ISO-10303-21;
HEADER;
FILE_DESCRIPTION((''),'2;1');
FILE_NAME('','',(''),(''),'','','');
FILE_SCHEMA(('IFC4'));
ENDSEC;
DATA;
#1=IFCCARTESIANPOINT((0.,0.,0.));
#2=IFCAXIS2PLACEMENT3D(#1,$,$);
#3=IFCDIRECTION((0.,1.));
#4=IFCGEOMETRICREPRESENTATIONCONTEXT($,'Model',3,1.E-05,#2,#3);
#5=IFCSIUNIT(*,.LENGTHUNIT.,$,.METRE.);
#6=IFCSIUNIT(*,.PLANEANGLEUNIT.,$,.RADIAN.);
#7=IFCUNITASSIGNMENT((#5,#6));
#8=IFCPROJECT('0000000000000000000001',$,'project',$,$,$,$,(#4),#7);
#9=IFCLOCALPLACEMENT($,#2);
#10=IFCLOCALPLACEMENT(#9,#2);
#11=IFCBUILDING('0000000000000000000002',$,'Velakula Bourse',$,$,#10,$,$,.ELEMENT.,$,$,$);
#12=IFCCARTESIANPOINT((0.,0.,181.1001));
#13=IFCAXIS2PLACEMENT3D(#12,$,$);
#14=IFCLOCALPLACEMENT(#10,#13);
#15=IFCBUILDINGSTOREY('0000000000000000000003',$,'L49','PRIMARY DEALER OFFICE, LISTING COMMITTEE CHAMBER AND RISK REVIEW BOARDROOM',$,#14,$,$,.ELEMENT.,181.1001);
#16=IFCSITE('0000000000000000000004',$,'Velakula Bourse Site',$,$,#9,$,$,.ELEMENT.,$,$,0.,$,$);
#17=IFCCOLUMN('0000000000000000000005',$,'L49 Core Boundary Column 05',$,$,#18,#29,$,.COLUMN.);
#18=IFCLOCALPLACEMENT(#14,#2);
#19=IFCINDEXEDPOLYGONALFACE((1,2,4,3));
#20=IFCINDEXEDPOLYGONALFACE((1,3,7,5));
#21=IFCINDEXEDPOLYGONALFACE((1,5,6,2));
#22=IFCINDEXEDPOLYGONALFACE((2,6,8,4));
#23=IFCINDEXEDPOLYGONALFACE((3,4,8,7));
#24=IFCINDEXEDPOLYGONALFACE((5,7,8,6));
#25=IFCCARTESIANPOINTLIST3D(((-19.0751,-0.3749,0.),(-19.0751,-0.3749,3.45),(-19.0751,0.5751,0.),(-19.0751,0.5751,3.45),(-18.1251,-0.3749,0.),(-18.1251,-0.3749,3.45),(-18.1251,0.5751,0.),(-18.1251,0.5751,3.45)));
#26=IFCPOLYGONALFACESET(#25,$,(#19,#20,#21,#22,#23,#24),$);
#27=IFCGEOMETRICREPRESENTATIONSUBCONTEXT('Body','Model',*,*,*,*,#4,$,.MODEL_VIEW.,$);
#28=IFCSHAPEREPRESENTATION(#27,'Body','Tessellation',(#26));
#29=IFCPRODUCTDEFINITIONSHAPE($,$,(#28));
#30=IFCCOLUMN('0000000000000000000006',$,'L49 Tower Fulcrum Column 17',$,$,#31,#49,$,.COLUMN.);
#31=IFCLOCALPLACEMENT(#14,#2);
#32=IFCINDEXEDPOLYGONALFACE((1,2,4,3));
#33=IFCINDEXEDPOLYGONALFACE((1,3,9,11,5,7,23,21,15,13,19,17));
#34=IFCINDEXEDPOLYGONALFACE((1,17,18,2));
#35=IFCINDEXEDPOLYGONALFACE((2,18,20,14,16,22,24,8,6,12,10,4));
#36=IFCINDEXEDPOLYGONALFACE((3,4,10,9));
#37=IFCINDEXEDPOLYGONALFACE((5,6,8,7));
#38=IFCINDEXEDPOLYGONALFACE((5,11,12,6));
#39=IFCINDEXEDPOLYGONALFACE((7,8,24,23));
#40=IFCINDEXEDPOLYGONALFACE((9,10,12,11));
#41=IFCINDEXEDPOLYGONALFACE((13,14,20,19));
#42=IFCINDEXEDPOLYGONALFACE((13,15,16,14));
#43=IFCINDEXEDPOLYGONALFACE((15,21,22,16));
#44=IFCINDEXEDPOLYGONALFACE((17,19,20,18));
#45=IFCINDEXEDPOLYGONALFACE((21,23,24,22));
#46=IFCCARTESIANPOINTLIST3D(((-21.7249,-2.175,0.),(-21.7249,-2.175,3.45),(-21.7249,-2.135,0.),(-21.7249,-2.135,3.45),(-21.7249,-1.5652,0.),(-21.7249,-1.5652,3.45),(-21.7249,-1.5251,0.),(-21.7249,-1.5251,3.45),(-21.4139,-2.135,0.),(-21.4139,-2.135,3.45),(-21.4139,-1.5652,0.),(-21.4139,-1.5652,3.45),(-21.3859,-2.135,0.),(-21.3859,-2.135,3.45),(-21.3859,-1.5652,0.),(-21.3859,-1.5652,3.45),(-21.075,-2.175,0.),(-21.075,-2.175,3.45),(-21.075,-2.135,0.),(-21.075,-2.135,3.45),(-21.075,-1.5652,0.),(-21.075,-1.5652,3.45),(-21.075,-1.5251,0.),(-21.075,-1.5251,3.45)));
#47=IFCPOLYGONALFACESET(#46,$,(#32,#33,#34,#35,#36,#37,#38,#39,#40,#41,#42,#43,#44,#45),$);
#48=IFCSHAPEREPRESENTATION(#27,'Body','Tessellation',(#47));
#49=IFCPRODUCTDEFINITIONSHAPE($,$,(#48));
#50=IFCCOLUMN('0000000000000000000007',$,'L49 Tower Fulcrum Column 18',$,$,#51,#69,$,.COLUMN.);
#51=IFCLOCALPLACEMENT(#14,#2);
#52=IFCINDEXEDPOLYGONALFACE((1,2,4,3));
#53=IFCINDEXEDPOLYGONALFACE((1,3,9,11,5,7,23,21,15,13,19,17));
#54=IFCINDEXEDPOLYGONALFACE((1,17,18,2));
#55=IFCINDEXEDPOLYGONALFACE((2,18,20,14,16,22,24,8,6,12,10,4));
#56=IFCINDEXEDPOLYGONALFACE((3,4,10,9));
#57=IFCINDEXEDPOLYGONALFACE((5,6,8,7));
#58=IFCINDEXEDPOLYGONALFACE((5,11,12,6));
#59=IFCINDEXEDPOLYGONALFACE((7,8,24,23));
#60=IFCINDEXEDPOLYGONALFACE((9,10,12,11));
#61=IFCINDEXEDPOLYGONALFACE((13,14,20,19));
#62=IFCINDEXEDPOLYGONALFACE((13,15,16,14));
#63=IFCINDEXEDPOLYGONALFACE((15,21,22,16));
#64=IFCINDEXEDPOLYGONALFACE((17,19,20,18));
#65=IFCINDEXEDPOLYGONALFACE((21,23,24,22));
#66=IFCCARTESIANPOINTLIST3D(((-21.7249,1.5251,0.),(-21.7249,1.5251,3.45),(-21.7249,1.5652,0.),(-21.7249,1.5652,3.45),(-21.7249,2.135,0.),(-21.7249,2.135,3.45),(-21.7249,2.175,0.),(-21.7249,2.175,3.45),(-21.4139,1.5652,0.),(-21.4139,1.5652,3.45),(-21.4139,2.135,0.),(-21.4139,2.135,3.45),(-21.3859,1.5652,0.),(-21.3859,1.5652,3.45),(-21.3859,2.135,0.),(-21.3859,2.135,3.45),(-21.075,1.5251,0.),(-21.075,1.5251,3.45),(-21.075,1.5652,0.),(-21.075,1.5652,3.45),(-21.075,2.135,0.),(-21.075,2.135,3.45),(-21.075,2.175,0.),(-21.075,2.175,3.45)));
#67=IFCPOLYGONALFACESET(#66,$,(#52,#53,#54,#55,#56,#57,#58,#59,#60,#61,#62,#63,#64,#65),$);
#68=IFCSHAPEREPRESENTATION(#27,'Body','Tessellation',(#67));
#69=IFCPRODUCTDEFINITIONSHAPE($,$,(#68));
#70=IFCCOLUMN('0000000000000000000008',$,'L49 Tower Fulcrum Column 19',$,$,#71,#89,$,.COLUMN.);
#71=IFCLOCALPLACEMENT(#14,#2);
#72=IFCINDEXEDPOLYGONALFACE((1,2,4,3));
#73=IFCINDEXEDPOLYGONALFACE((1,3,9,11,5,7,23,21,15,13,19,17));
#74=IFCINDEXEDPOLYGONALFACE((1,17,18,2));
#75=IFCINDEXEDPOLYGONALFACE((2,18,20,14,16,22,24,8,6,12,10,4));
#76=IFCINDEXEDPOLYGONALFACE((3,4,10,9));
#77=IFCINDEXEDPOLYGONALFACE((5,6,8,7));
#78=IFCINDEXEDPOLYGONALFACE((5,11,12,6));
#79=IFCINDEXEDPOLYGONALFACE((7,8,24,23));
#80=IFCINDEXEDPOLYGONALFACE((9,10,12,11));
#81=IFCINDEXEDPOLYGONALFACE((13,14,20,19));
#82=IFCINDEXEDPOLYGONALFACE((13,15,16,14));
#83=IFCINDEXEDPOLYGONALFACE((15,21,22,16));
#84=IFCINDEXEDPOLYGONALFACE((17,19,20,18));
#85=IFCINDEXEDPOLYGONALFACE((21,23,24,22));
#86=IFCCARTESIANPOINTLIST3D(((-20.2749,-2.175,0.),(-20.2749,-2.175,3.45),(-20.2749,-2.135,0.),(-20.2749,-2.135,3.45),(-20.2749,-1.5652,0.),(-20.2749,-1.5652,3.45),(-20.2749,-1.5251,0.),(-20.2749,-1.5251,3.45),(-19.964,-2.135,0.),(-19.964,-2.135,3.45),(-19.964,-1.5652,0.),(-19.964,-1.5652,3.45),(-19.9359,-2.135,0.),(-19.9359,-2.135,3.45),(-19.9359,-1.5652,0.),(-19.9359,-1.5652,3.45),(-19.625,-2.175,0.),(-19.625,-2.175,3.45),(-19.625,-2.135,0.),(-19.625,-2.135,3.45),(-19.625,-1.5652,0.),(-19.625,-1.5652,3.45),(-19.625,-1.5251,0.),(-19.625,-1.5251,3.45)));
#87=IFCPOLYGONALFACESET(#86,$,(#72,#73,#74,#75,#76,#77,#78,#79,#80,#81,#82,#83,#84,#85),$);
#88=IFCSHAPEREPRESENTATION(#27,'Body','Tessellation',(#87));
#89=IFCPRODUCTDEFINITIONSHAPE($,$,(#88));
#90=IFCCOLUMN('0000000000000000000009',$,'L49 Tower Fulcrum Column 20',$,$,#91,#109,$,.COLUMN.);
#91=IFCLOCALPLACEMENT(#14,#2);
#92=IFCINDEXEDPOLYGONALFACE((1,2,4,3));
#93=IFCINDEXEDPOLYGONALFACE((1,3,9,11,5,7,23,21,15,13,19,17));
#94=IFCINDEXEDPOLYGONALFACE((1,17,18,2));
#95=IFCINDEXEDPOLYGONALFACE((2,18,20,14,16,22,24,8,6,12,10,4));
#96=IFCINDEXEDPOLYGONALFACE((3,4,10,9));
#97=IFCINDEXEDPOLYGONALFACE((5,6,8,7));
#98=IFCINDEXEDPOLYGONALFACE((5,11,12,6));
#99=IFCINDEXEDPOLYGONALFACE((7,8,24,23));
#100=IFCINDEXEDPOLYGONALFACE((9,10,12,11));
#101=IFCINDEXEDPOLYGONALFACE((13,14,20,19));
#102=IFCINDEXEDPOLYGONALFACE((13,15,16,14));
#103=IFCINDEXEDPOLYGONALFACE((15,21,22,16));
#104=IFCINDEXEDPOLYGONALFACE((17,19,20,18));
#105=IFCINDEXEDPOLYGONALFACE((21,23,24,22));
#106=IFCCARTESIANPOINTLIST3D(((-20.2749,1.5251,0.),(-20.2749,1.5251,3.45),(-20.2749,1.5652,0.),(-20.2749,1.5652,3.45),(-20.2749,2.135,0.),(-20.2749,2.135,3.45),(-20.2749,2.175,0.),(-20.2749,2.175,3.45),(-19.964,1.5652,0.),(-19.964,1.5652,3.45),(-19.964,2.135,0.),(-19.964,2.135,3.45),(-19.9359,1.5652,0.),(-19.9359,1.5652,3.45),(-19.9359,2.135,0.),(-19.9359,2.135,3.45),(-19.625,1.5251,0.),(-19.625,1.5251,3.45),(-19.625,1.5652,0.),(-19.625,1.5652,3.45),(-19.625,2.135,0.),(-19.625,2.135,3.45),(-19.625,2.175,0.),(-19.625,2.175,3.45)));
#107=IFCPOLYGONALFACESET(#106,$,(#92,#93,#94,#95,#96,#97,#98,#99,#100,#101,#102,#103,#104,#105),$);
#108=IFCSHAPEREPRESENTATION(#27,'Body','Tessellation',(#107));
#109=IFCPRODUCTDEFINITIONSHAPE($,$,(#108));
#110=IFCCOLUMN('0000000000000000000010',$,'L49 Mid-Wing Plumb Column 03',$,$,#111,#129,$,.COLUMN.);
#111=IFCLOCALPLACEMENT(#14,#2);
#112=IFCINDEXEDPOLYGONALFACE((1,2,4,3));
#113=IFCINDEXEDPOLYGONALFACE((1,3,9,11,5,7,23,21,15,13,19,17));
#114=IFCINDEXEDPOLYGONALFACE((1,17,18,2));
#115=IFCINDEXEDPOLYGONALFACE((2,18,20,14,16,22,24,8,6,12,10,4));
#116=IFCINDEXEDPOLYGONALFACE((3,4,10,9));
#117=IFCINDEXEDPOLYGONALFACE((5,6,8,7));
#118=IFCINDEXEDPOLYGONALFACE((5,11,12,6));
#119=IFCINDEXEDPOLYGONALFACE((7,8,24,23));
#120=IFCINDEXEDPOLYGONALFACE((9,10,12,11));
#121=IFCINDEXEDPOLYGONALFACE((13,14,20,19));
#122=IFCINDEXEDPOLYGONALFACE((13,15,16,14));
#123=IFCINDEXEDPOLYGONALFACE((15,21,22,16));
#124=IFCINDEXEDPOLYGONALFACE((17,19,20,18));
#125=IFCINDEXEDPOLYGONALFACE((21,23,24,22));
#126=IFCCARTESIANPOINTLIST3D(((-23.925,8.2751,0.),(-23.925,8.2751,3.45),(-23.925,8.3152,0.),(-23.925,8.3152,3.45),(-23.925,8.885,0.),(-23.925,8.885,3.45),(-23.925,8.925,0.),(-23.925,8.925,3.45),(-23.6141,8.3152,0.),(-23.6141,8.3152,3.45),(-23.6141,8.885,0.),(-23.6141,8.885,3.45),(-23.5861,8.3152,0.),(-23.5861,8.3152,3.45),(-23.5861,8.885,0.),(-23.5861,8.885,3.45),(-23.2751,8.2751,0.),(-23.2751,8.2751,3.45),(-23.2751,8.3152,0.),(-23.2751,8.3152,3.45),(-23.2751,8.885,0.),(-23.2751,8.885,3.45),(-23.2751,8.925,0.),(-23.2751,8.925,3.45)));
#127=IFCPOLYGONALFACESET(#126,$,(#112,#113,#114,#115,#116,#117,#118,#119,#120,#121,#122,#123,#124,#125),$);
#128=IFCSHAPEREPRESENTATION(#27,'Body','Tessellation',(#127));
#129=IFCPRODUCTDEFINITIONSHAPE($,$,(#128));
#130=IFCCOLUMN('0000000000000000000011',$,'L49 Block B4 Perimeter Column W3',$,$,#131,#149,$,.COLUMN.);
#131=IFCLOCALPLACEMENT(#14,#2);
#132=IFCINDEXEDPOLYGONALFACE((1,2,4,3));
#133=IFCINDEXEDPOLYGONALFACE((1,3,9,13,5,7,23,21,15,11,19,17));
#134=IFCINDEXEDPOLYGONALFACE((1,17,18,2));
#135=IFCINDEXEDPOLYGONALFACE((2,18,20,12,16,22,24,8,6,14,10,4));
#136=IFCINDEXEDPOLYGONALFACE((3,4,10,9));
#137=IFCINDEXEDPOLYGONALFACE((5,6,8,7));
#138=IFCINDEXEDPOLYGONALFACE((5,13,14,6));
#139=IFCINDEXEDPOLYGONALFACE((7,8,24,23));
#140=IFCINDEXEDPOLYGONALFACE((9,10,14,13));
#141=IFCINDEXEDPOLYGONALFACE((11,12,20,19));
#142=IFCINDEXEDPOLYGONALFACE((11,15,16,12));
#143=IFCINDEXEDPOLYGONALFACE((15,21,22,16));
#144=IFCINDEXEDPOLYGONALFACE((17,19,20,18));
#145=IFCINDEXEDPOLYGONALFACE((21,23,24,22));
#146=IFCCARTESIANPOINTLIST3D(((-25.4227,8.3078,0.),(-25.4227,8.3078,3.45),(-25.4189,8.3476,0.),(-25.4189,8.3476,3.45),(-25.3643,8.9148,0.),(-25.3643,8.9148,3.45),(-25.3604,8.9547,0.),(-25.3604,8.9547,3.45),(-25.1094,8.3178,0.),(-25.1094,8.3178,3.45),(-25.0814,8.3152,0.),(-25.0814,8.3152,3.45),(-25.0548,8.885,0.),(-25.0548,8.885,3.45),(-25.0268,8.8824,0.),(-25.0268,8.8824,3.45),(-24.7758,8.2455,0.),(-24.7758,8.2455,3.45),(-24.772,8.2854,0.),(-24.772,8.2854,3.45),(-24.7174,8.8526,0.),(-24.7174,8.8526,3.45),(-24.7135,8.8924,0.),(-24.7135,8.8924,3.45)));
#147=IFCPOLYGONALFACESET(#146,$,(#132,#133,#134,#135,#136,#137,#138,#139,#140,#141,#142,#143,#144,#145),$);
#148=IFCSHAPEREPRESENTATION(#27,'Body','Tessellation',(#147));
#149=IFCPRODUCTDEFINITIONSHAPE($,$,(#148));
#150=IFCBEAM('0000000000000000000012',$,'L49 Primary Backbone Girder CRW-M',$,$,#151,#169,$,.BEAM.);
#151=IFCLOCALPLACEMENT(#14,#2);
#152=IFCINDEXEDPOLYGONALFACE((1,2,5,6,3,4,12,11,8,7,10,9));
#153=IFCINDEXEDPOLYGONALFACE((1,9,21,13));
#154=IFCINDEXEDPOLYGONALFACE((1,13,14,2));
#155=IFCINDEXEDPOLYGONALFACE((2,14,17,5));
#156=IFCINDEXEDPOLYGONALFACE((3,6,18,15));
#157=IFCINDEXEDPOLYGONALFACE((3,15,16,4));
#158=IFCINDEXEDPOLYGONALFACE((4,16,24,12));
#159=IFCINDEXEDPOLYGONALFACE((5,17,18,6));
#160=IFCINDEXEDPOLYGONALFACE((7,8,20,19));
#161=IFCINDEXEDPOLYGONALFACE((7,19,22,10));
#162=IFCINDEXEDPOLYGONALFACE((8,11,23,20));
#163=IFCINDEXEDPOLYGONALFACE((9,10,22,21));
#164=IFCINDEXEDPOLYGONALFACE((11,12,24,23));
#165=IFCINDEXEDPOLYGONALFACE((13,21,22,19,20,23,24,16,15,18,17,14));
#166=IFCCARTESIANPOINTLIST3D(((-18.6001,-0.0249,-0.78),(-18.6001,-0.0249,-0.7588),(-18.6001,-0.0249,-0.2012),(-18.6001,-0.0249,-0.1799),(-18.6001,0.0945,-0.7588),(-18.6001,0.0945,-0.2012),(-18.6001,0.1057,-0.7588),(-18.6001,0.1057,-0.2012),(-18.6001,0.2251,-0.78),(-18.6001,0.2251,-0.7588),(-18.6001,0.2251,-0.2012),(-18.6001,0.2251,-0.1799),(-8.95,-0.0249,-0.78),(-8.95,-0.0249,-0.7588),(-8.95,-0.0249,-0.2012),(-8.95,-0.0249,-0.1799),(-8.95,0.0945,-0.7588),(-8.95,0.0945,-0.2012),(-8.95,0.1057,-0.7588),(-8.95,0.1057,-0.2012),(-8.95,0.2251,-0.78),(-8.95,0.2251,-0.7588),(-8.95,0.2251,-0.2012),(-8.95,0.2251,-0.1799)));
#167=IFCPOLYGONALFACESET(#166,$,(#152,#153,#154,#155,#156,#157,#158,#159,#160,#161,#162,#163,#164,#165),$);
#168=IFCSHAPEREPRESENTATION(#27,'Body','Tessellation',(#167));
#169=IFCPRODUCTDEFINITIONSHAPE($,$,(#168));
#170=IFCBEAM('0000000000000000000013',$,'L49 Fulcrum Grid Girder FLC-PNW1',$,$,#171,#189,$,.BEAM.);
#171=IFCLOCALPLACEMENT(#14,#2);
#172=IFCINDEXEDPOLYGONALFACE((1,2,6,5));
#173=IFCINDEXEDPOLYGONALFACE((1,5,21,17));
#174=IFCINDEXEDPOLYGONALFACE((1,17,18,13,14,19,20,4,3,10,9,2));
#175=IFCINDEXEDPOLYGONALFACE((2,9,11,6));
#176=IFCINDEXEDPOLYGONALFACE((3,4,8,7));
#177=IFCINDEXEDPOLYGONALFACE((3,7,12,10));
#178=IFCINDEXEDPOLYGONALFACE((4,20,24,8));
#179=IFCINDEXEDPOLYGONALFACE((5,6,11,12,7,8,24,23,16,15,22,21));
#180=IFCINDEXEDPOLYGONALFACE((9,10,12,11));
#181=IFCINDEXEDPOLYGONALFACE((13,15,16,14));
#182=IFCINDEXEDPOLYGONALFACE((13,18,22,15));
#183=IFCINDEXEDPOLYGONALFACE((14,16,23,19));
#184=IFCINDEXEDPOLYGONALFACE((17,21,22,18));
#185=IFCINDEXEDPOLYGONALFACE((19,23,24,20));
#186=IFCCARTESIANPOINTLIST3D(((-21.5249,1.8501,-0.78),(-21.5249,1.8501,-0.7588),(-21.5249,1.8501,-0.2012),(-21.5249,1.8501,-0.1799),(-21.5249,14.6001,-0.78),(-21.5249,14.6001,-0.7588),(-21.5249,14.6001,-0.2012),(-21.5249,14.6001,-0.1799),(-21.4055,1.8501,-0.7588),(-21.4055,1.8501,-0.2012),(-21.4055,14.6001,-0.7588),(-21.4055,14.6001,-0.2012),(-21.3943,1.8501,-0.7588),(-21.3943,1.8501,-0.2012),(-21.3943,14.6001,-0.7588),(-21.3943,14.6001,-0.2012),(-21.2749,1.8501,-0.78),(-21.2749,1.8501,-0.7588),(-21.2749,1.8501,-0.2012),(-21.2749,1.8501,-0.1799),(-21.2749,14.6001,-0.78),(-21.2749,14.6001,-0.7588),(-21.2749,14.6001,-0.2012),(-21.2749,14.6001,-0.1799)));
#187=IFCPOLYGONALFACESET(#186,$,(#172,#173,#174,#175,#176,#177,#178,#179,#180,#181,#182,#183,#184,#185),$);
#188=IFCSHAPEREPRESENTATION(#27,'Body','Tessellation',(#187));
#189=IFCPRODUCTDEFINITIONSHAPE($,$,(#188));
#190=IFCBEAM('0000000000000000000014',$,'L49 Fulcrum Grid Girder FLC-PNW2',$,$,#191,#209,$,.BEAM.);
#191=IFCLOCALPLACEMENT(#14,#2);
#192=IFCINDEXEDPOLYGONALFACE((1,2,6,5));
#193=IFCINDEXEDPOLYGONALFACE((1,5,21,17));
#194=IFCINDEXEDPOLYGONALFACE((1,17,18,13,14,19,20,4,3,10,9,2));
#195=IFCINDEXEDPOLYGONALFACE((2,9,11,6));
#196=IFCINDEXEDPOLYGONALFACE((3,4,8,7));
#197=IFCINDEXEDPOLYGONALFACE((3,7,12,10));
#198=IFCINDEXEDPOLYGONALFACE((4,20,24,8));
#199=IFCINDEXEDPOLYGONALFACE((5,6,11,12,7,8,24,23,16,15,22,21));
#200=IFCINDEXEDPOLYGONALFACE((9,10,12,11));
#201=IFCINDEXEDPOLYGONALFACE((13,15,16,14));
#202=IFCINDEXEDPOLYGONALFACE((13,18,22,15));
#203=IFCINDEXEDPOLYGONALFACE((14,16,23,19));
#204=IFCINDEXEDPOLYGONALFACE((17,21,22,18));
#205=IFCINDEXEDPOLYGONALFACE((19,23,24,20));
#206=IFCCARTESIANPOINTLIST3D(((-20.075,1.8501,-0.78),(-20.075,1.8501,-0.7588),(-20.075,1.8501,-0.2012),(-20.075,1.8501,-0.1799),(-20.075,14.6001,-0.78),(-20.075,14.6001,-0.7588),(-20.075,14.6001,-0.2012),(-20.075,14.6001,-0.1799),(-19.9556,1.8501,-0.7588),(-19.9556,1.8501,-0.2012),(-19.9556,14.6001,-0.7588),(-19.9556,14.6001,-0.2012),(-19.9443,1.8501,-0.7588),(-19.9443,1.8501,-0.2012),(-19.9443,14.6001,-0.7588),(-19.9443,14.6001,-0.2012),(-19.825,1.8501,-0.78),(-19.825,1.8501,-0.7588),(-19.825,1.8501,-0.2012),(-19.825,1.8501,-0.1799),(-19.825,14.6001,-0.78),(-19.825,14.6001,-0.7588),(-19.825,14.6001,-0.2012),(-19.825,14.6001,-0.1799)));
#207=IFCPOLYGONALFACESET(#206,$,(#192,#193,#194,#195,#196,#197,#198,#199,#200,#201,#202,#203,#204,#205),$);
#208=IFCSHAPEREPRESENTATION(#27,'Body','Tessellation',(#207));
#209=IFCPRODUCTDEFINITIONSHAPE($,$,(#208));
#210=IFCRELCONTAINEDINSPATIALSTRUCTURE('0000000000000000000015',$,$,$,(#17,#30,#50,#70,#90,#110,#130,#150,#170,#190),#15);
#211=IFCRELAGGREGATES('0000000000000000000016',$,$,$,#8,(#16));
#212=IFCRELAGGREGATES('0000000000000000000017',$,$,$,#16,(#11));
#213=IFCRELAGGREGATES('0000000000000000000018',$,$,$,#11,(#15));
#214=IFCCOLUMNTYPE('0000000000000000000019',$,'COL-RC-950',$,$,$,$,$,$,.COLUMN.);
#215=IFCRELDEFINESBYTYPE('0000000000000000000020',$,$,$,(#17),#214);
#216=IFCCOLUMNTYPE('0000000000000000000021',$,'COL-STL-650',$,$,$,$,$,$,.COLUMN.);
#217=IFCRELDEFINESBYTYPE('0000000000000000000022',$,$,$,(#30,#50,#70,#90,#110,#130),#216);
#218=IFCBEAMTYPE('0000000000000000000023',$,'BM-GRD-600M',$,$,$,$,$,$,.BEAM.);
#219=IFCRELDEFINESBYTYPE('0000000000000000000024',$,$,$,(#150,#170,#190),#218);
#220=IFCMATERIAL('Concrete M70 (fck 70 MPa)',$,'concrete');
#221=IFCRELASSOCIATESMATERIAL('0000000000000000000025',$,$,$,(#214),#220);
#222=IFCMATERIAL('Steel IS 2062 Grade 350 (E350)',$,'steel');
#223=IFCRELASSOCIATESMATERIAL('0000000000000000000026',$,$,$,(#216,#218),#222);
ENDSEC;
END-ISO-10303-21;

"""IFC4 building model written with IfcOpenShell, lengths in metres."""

from ifc_helpers import new_model, si_unit, direction, frame, origin, origin_2d, place, context, subcontext, project, spatial, rectangle, i_section, extrude, material, material_profile, profile_set, type_object, element, save


model = new_model("IFC4")

# Units and contexts
model_context = context("Model", 3, precision=1e-05, world=origin(), true_north=direction((0.0, 1.0)))
body_context = subcontext(model_context, "Body", "Model", "MODEL_VIEW")
ifc_project = project(units=[si_unit("LENGTHUNIT", "METRE"), si_unit("PLANEANGLEUNIT", "RADIAN")], contexts=[model_context])

# Site, building, storey
site_placement = place(None, origin())
site = spatial("IfcSite", under=ifc_project, at=site_placement, Name="Velakula Bourse Site", CompositionType="ELEMENT", RefElevation=0.0)
building_placement = place(site_placement, origin())
building = spatial("IfcBuilding", under=site, at=building_placement, Name="Velakula Bourse", CompositionType="ELEMENT")
storey_placement = place(building_placement, frame((0.0, 0.0, 181.1001)))
storey = spatial("IfcBuildingStorey", under=building, at=storey_placement, Name="L49", Description="PRIMARY DEALER OFFICE, LISTING COMMITTEE CHAMBER AND RISK REVIEW BOARDROOM", CompositionType="ELEMENT", Elevation=181.1001)

# Columns
ifc_material_1 = material(Name="Concrete M70 (fck 70 MPa)", Category="concrete")
ifc_material_profile_1 = material_profile(ifc_material_1, rectangle(XDim=0.95, YDim=0.95, at=origin_2d()), Name="Concrete M70 (fck 70 MPa)")
ifc_profile_set_1 = profile_set([ifc_material_profile_1], Name="Concrete M70 (fck 70 MPa)")
column_type_1 = type_object("IfcColumnType", Name="COL-RC-950", PredefinedType="COLUMN", material=ifc_profile_set_1)
column_placement = place(storey_placement, frame((-18.6001, 0.1001, 0.0), z_axis=(0.0, 0.0, 1.0), x_axis=(1.0, 0.0, 0.0)))
element("IfcColumn", 1, at=column_placement, inside=storey, type_object=column_type_1, Name="L49 Core Boundary Column 05", PredefinedType="COLUMN", context=body_context, shape_type="SweptSolid", body=[
    extrude(rectangle(XDim=0.95, YDim=0.95, at=origin_2d()), origin(), (0.0, 0.0, 1.0), 3.45),
])
ifc_material_2 = material(Name="Steel IS 2062 Grade 350 (E350)", Category="steel")
ifc_material_profile_2 = material_profile(ifc_material_2, i_section(OverallWidth=0.6499, OverallDepth=0.6499, WebThickness=0.0281, FlangeThickness=0.04, at=origin_2d()), Name="Steel IS 2062 Grade 350 (E350)")
ifc_profile_set_2 = profile_set([ifc_material_profile_2], Name="Steel IS 2062 Grade 350 (E350)")
column_type_2 = type_object("IfcColumnType", Name="COL-STL-650", PredefinedType="COLUMN", material=ifc_profile_set_2)
for number, where, z_axis, x_axis, name in (
    (2, (-21.3999, -1.8501, 0.0), (0.0, 0.0, 1.0), (1.0, 0.0, 0.0), "L49 Tower Fulcrum Column 17"),
    (3, (-21.3999, 1.8501, 0.0), (0.0, 0.0, 1.0), (1.0, 0.0, 0.0), "L49 Tower Fulcrum Column 18"),
    (4, (-19.95, -1.8501, 0.0), (0.0, 0.0, 1.0), (1.0, 0.0, 0.0), "L49 Tower Fulcrum Column 19"),
    (5, (-19.95, 1.8501, 0.0), (0.0, 0.0, 1.0), (1.0, 0.0, 0.0), "L49 Tower Fulcrum Column 20"),
    (6, (-23.6001, 8.6001, 0.0), (0.0, 0.0, 1.0), (1.0, 0.0, 0.0), "L49 Mid-Wing Plumb Column 03"),
    (7, (-25.0681, 8.6001, 0.0), (0.0, 0.0, 1.0), (0.995396, -0.095846, 0.0), "L49 Block B4 Perimeter Column W3"),
):
    element("IfcColumn", number, at=place(storey_placement, frame(where, z_axis=z_axis, x_axis=x_axis)), inside=storey, type_object=column_type_2, Name=name, PredefinedType="COLUMN", context=body_context, shape_type="SweptSolid", body=[
        extrude(i_section(OverallWidth=0.6499, OverallDepth=0.6499, WebThickness=0.0281, FlangeThickness=0.04, at=origin_2d()), origin(), (0.0, 0.0, 1.0), 3.45),
    ])

# Beams
ifc_material_profile_3 = material_profile(ifc_material_2, i_section(OverallWidth=0.25, OverallDepth=0.6001, WebThickness=0.0112, FlangeThickness=0.0212, at=origin_2d()), Name="Steel IS 2062 Grade 350 (E350)")
ifc_profile_set_3 = profile_set([ifc_material_profile_3], Name="Steel IS 2062 Grade 350 (E350)")
beam_type_1 = type_object("IfcBeamType", Name="BM-GRD-600M", PredefinedType="BEAM", material=ifc_profile_set_3)
beam_1_placement = place(storey_placement, frame((-18.6001, 0.1001, -0.48), z_axis=(1.0, 0.0, 0.0), x_axis=(0.0, 1.0, 0.0)))
element("IfcBeam", 8, at=beam_1_placement, inside=storey, type_object=beam_type_1, Name="L49 Primary Backbone Girder CRW-M", PredefinedType="BEAM", context=body_context, shape_type="SweptSolid", body=[
    extrude(i_section(OverallWidth=0.25, OverallDepth=0.6001, WebThickness=0.0112, FlangeThickness=0.0212, at=origin_2d()), origin(), (0.0, 0.0, 1.0), 9.6501),
])
for number, where, z_axis, x_axis, name in (
    (9, (-21.3999, 1.8501, -0.48), (0.0, 1.0, 0.0), (-1.0, 0.0, 0.0), "L49 Fulcrum Grid Girder FLC-PNW1"),
    (10, (-19.95, 1.8501, -0.48), (0.0, 1.0, 0.0), (-1.0, 0.0, 0.0), "L49 Fulcrum Grid Girder FLC-PNW2"),
):
    element("IfcBeam", number, at=place(storey_placement, frame(where, z_axis=z_axis, x_axis=x_axis)), inside=storey, type_object=beam_type_1, Name=name, PredefinedType="BEAM", context=body_context, shape_type="SweptSolid", body=[
        extrude(i_section(OverallWidth=0.25, OverallDepth=0.6001, WebThickness=0.0112, FlangeThickness=0.0212, at=origin_2d()), origin(), (0.0, 0.0, 1.0), 12.75),
    ])

save(model, "model.ifc")
